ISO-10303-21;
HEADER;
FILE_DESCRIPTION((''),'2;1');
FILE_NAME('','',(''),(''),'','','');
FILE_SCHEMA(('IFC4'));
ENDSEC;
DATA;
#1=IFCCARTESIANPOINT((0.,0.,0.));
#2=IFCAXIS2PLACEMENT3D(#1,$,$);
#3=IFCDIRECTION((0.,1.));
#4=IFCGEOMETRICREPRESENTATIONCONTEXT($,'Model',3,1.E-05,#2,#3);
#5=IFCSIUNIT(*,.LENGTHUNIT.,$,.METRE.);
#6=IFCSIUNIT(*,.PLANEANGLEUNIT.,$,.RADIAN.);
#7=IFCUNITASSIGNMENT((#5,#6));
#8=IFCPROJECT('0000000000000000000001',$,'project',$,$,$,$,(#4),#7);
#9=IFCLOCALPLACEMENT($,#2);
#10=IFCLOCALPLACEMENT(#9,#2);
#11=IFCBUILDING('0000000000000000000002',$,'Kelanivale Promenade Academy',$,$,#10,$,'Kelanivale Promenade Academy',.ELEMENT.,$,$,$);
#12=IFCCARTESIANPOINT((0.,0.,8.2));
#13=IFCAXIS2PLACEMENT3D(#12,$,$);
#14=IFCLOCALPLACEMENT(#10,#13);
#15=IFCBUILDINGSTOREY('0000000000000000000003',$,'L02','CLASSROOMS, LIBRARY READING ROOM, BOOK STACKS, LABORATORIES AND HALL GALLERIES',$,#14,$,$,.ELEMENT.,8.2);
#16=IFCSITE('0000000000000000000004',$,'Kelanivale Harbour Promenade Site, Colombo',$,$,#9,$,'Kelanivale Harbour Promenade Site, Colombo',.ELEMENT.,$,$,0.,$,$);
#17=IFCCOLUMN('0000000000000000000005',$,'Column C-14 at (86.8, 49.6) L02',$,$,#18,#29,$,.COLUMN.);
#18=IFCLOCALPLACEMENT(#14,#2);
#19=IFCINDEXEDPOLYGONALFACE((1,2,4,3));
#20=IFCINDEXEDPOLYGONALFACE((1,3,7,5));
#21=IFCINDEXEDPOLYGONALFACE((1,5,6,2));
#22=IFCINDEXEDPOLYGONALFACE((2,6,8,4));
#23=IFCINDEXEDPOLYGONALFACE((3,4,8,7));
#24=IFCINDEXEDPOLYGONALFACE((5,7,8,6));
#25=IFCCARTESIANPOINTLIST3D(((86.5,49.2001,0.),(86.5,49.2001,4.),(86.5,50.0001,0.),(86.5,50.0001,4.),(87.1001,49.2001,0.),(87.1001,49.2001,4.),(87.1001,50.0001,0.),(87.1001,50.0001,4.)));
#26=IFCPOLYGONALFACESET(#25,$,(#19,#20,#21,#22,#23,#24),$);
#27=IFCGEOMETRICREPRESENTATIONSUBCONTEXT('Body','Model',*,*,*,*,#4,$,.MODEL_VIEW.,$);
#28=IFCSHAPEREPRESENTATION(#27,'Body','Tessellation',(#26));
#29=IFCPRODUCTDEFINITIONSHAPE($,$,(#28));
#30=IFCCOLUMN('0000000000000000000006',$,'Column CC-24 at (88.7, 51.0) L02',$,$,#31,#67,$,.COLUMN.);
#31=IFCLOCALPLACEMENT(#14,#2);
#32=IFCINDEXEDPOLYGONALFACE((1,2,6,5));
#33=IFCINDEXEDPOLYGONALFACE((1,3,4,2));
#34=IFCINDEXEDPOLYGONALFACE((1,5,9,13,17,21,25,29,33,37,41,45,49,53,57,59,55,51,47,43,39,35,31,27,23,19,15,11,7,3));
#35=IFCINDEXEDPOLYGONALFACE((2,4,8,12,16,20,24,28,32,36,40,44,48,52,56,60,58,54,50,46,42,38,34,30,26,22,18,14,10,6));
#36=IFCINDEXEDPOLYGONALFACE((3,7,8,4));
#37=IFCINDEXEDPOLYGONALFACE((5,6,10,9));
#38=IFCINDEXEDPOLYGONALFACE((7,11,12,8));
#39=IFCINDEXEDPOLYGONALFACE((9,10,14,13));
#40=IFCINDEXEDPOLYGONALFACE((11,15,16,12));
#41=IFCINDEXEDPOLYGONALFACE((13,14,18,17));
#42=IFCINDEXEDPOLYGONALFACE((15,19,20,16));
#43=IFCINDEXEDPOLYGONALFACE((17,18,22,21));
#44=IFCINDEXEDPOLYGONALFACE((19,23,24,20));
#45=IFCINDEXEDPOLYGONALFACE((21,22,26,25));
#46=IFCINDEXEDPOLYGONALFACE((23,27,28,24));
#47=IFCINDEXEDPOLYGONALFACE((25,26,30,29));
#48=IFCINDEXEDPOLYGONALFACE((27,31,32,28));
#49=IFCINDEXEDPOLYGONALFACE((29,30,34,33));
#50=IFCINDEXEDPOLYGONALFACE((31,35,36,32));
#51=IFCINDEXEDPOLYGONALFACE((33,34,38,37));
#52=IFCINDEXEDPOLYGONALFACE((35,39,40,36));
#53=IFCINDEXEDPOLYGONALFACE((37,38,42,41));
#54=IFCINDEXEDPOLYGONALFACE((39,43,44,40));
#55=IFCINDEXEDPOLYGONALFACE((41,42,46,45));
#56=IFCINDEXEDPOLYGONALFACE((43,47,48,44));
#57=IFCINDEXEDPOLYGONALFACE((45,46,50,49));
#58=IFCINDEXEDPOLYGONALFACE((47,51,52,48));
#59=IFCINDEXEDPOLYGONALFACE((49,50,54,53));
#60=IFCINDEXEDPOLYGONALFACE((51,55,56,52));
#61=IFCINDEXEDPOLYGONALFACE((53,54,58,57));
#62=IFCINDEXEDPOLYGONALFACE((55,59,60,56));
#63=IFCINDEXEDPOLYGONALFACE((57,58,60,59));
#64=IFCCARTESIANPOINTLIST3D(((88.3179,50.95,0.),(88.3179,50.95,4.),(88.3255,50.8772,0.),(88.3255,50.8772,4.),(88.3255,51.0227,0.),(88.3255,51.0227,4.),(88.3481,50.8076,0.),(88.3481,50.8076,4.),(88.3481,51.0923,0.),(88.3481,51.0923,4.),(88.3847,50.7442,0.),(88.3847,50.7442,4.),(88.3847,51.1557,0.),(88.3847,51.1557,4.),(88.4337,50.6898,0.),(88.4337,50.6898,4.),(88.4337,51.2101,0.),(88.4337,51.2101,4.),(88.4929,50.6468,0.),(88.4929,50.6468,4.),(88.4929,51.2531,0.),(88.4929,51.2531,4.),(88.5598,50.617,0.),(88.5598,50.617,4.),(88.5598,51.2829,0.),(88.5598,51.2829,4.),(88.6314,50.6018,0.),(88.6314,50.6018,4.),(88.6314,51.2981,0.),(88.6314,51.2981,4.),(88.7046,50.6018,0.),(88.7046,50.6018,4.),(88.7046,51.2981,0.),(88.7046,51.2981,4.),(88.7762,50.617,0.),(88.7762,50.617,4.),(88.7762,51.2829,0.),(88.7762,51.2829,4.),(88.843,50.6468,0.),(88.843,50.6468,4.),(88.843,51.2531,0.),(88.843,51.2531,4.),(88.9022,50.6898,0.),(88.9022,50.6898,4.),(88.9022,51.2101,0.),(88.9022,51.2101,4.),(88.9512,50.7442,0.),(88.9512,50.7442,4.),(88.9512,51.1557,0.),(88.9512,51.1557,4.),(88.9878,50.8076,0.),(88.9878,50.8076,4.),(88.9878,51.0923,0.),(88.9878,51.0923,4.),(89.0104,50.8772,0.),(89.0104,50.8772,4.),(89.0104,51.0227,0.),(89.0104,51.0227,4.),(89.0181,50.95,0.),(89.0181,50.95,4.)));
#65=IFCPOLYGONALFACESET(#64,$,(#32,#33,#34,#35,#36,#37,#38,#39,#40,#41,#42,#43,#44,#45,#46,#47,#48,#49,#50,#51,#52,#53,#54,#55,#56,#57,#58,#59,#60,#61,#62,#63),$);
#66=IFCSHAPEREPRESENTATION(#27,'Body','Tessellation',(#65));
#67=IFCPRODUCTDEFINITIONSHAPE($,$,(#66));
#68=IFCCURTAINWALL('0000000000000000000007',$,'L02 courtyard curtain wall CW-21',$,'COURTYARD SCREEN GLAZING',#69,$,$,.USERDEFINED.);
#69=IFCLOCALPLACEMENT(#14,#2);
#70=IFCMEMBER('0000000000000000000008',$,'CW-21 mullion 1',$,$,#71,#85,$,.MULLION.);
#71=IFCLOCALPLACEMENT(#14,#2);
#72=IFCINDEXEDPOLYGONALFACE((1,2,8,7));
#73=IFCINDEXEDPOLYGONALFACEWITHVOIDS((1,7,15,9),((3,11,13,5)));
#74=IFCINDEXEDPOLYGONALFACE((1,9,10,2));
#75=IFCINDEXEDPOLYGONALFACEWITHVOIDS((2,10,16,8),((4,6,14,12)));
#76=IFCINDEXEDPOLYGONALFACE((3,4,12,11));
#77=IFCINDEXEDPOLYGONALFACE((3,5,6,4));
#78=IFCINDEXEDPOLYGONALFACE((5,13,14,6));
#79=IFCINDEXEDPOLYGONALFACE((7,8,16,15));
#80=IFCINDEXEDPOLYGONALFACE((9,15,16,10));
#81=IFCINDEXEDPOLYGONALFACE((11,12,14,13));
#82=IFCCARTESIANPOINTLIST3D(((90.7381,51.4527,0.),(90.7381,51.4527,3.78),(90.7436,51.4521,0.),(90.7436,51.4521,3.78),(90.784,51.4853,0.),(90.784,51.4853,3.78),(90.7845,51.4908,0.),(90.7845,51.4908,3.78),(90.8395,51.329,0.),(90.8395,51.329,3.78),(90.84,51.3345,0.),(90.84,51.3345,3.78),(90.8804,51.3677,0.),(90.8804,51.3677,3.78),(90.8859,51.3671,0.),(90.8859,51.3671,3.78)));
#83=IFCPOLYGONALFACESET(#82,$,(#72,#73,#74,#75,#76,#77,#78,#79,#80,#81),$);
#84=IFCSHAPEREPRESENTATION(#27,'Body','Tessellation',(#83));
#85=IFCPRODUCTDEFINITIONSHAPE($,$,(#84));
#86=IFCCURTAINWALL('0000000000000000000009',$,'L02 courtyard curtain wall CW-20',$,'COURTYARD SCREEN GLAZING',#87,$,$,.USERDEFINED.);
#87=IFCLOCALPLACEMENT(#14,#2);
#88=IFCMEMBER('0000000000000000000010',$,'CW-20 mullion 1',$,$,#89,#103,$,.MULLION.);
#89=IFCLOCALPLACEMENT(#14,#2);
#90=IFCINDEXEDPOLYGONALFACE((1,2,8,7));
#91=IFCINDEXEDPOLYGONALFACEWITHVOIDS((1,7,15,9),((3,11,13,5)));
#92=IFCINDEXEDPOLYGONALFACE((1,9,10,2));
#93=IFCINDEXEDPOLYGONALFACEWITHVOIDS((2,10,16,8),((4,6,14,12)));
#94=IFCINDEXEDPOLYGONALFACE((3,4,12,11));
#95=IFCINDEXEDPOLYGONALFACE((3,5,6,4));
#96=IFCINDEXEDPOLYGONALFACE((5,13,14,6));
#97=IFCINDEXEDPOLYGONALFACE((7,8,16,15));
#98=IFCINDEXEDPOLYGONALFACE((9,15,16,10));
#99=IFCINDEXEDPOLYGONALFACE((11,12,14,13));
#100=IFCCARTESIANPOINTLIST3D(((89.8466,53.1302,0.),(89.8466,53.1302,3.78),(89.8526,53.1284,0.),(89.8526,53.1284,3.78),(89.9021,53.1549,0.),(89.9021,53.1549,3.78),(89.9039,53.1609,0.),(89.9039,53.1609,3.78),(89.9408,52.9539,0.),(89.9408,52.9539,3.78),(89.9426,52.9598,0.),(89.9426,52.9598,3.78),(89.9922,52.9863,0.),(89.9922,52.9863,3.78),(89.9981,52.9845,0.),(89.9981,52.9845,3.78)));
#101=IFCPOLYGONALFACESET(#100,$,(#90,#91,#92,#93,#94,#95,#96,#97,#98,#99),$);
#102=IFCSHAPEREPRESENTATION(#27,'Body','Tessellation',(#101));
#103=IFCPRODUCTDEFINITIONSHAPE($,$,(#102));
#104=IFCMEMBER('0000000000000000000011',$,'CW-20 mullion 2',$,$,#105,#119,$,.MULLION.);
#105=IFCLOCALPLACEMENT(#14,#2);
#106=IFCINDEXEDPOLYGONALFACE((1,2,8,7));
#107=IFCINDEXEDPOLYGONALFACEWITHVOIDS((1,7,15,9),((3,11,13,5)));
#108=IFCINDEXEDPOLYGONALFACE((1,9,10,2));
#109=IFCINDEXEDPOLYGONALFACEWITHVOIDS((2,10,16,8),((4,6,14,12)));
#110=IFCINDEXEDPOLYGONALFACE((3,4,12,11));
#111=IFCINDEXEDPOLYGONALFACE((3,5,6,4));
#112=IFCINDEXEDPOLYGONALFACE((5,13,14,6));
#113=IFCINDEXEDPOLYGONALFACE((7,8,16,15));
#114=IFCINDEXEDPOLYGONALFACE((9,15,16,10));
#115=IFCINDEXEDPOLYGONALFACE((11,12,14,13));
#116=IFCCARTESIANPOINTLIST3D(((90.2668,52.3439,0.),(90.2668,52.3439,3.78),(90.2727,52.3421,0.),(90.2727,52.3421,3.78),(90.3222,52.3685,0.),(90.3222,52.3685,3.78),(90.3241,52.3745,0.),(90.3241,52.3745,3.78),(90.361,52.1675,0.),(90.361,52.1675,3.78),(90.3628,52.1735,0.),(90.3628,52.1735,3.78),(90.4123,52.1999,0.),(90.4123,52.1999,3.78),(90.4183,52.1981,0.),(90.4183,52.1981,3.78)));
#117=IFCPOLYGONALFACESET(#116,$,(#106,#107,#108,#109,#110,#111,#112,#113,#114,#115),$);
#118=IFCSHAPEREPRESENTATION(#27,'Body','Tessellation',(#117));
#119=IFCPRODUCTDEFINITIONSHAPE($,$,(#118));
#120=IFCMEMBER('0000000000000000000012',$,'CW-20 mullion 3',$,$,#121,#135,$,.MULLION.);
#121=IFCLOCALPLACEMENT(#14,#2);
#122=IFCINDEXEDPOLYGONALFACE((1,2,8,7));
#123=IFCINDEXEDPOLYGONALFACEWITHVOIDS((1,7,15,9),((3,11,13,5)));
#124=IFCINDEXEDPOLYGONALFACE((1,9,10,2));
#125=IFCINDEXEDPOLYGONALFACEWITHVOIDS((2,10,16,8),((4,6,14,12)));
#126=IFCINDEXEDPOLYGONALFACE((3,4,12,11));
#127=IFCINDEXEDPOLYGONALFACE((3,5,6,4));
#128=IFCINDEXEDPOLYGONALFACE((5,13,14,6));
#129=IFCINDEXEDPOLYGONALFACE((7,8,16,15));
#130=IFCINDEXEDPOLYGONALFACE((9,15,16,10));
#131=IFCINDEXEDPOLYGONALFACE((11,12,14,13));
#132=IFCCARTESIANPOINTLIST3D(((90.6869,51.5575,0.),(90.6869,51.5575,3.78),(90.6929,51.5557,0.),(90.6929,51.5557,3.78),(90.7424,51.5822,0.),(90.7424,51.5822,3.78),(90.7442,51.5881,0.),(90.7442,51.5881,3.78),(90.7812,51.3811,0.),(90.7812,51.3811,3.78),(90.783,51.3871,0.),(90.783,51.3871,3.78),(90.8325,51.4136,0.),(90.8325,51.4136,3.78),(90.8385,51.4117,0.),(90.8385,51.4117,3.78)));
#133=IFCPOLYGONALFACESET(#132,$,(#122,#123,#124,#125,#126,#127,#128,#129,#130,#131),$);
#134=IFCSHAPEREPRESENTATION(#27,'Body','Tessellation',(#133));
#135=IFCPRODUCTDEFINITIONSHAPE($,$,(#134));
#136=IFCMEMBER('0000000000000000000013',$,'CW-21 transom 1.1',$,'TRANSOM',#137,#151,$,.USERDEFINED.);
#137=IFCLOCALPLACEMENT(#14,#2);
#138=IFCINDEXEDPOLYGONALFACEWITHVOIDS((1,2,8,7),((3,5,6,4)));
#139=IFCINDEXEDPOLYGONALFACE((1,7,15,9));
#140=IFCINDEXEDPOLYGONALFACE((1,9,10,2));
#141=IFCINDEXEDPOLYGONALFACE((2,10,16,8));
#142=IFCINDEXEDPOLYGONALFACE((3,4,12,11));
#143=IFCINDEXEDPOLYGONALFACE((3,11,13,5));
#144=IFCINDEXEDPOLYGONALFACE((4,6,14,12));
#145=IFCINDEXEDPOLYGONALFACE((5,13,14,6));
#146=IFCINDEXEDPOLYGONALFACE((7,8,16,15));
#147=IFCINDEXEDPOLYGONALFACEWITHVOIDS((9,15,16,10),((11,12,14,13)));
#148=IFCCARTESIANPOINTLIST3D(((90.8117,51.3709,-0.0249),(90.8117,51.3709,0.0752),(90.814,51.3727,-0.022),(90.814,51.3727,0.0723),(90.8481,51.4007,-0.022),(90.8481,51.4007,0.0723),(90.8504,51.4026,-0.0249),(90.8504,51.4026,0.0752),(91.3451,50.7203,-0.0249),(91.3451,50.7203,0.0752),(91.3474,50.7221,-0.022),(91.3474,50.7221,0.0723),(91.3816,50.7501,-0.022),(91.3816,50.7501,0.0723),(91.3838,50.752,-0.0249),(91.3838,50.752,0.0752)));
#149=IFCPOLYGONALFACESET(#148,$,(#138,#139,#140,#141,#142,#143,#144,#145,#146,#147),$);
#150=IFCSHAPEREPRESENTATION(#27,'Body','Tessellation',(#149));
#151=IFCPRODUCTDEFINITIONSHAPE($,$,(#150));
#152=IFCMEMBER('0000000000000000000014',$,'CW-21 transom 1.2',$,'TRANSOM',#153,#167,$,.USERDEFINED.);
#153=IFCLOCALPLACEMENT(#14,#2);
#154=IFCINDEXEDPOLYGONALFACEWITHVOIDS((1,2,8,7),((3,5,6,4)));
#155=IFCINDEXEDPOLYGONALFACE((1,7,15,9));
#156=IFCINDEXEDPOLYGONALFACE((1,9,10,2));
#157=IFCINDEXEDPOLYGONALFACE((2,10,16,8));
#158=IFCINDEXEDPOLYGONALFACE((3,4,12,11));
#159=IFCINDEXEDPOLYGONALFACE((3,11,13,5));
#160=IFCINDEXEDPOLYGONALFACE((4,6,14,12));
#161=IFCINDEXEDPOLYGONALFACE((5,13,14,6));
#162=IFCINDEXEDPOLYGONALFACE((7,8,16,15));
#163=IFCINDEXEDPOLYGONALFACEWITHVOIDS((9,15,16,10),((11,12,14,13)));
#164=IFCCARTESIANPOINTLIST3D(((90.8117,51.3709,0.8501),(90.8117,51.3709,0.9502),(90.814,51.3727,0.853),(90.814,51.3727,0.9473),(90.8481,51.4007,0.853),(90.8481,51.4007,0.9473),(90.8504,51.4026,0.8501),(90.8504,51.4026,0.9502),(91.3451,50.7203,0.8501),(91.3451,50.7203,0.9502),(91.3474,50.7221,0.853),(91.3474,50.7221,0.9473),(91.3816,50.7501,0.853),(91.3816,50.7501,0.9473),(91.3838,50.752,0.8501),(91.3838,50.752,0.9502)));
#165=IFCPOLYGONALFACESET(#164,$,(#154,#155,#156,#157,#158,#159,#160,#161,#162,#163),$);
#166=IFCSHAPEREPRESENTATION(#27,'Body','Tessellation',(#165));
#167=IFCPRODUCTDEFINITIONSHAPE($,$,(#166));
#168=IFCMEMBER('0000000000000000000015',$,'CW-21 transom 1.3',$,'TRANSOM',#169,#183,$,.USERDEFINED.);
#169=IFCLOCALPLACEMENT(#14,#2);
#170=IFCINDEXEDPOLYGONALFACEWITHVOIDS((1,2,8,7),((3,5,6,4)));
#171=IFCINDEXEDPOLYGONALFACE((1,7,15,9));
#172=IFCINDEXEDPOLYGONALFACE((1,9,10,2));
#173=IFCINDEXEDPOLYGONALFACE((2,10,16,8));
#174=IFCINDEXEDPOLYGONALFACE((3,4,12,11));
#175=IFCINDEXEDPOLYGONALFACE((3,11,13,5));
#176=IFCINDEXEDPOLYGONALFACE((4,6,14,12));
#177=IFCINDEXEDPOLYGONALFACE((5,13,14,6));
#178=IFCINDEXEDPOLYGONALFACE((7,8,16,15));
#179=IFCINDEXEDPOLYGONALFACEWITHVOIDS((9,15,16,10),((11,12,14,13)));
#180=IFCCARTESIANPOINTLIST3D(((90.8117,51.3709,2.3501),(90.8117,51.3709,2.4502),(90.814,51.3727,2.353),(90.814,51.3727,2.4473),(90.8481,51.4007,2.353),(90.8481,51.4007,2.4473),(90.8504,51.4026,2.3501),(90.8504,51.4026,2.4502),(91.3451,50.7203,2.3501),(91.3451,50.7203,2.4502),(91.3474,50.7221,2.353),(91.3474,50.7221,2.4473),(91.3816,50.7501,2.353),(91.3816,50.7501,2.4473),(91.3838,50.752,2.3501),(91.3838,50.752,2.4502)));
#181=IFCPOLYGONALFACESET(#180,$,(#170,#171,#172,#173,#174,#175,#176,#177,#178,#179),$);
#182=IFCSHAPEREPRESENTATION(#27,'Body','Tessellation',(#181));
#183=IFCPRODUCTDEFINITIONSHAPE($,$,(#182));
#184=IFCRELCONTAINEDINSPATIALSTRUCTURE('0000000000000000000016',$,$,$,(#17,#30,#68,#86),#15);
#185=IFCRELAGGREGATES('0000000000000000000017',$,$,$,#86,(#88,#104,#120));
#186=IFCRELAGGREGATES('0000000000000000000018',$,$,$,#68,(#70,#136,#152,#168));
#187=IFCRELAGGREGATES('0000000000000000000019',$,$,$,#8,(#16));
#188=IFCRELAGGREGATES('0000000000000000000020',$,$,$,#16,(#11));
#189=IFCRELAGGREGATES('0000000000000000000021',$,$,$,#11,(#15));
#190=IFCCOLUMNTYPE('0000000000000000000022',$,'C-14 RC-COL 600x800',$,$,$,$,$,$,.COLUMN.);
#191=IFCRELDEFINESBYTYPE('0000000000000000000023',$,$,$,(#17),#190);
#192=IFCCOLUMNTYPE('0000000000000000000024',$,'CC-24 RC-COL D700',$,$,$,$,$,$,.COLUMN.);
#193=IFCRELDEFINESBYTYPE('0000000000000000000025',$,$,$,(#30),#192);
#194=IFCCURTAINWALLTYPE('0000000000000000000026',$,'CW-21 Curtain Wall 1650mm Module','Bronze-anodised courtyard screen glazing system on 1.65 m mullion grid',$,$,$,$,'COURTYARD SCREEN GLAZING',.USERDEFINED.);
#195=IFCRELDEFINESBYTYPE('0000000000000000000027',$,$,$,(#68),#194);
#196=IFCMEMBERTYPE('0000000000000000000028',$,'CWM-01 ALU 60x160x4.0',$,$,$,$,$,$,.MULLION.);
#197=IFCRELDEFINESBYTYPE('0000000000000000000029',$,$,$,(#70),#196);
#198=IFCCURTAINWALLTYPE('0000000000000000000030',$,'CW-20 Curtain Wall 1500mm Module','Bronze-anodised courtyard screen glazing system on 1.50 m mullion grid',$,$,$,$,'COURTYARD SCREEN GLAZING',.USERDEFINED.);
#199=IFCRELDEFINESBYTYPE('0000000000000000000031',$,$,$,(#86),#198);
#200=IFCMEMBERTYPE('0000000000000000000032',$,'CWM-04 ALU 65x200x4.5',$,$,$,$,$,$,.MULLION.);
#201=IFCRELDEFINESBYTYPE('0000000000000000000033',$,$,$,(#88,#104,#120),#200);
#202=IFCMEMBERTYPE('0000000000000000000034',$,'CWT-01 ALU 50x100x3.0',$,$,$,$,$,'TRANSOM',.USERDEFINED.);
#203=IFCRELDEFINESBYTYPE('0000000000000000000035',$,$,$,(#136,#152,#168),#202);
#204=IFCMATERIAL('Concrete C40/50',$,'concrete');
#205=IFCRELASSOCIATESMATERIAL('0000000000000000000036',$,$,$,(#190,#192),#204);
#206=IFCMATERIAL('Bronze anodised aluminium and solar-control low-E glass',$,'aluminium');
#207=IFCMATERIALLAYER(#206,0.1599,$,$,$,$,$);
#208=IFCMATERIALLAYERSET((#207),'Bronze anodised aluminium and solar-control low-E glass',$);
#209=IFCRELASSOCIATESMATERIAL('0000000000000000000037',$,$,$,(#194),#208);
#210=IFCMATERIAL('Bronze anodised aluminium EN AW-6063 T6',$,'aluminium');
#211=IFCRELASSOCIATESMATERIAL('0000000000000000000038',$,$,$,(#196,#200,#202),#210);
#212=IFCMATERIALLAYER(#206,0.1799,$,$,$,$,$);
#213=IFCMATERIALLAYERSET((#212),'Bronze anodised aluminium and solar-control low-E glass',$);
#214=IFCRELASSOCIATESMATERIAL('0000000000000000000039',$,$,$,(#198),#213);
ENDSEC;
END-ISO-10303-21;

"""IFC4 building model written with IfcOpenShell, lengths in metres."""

from ifc_helpers import new_model, si_unit, direction, frame, origin, origin_2d, place, context, subcontext, project, spatial, rectangle, hollow_rectangle, circle, extrude, material, layer, layer_set, material_profile, profile_set, type_object, element, aggregate, save


model = new_model("IFC4")

# Units and contexts
model_context = context("Model", 3, precision=1e-05, world=origin(), true_north=direction((0.0, 1.0)))
body_context = subcontext(model_context, "Body", "Model", "MODEL_VIEW")
ifc_project = project(units=[si_unit("LENGTHUNIT", "METRE"), si_unit("PLANEANGLEUNIT", "RADIAN")], contexts=[model_context])

# Site, building, storey
site_placement = place(None, origin())
site = spatial("IfcSite", under=ifc_project, at=site_placement, Name="Kelanivale Harbour Promenade Site, Colombo", LongName="Kelanivale Harbour Promenade Site, Colombo", CompositionType="ELEMENT", RefElevation=0.0)
building_placement = place(site_placement, origin())
building = spatial("IfcBuilding", under=site, at=building_placement, Name="Kelanivale Promenade Academy", LongName="Kelanivale Promenade Academy", CompositionType="ELEMENT")
storey_placement = place(building_placement, frame((0.0, 0.0, 8.2)))
storey = spatial("IfcBuildingStorey", under=building, at=storey_placement, Name="L02", Description="CLASSROOMS, LIBRARY READING ROOM, BOOK STACKS, LABORATORIES AND HALL GALLERIES", CompositionType="ELEMENT", Elevation=8.2)

# Columns
ifc_material_1 = material(Name="Concrete C40/50", Category="concrete")
ifc_material_profile_1 = material_profile(ifc_material_1, rectangle(XDim=0.6001, YDim=0.8, at=origin_2d()), Name="RC-COL 600x800")
ifc_profile_set_1 = profile_set([ifc_material_profile_1], Name="Concrete C40/50")
column_type_1 = type_object("IfcColumnType", Name="C-14 RC-COL 600x800", PredefinedType="COLUMN", material=ifc_profile_set_1)
column_1_placement = place(storey_placement, frame((86.8, 49.6001, 0.0), z_axis=(0.0, 0.0, 1.0), x_axis=(1.0, 0.0, 0.0)))
element("IfcColumn", 1, at=column_1_placement, inside=storey, type_object=column_type_1, Name="Column C-14 at (86.8, 49.6) L02", PredefinedType="COLUMN", context=body_context, shape_type="SweptSolid", body=[
    extrude(rectangle(XDim=0.6001, YDim=0.8, at=origin_2d()), origin(), (0.0, 0.0, 1.0), 4.0),
])
ifc_material_profile_2 = material_profile(ifc_material_1, circle(Radius=0.3501, at=origin_2d()), Name="RC-COL D700")
ifc_profile_set_2 = profile_set([ifc_material_profile_2], Name="Concrete C40/50")
column_type_2 = type_object("IfcColumnType", Name="CC-24 RC-COL D700", PredefinedType="COLUMN", material=ifc_profile_set_2)
column_2_placement = place(storey_placement, frame((88.668, 50.95, 0.0), z_axis=(0.0, 0.0, 1.0), x_axis=(1.0, 0.0, 0.0)))
element("IfcColumn", 2, at=column_2_placement, inside=storey, type_object=column_type_2, Name="Column CC-24 at (88.7, 51.0) L02", PredefinedType="COLUMN", context=body_context, shape_type="SweptSolid", body=[
    extrude(circle(Radius=0.3501, at=origin_2d()), origin(), (0.0, 0.0, 1.0), 4.0),
])

# Curtain wall, member
ifc_material_2 = material(Name="Bronze anodised aluminium and solar-control low-E glass", Category="aluminium")
ifc_layer_1 = layer(ifc_material_2, 0.1599)
ifc_layer_set_1 = layer_set([ifc_layer_1], Name="Bronze anodised aluminium and solar-control low-E glass")
curtain_wall_type_1 = type_object("IfcCurtainWallType", Name="CW-21 Curtain Wall 1650mm Module", Description="Bronze-anodised courtyard screen glazing system on 1.65 m mullion grid", ElementType="COURTYARD SCREEN GLAZING", PredefinedType="USERDEFINED", material=ifc_layer_set_1)
curtain_wall_1_placement = place(storey_placement, origin())
curtain_wall_1 = element("IfcCurtainWall", 3, at=curtain_wall_1_placement, inside=storey, type_object=curtain_wall_type_1, Name="L02 courtyard curtain wall CW-21", ObjectType="COURTYARD SCREEN GLAZING", PredefinedType="USERDEFINED")
ifc_material_3 = material(Name="Bronze anodised aluminium EN AW-6063 T6", Category="aluminium")
ifc_material_profile_3 = material_profile(ifc_material_3, hollow_rectangle(XDim=0.0601, YDim=0.1599, WallThickness=0.0039, at=origin_2d()), Name="ALU 60x160x4.0")
ifc_profile_set_3 = profile_set([ifc_material_profile_3], Name="Bronze anodised aluminium EN AW-6063 T6")
member_type_1 = type_object("IfcMemberType", Name="CWM-01 ALU 60x160x4.0", PredefinedType="MULLION", material=ifc_profile_set_3)
member_1_placement = place(storey_placement, frame((90.812, 51.4099, 0.0), z_axis=(0.0, 0.0, 1.0), x_axis=(0.773215, 0.634144, 0.0)))
member_1 = element("IfcMember", 4, at=member_1_placement, type_object=member_type_1, Name="CW-21 mullion 1", PredefinedType="MULLION", context=body_context, shape_type="SweptSolid", body=[
    extrude(hollow_rectangle(XDim=0.0601, YDim=0.1599, WallThickness=0.0039, at=origin_2d()), origin(), (0.0, 0.0, 1.0), 3.78),
])

# Curtain wall, members
ifc_layer_2 = layer(ifc_material_2, 0.1799)
ifc_layer_set_2 = layer_set([ifc_layer_2], Name="Bronze anodised aluminium and solar-control low-E glass")
curtain_wall_type_2 = type_object("IfcCurtainWallType", Name="CW-20 Curtain Wall 1500mm Module", Description="Bronze-anodised courtyard screen glazing system on 1.50 m mullion grid", ElementType="COURTYARD SCREEN GLAZING", PredefinedType="USERDEFINED", material=ifc_layer_set_2)
curtain_wall_2_placement = place(storey_placement, origin())
curtain_wall_2 = element("IfcCurtainWall", 5, at=curtain_wall_2_placement, inside=storey, type_object=curtain_wall_type_2, Name="L02 courtyard curtain wall CW-20", ObjectType="COURTYARD SCREEN GLAZING", PredefinedType="USERDEFINED")
ifc_material_profile_4 = material_profile(ifc_material_3, hollow_rectangle(XDim=0.0649, YDim=0.2, WallThickness=0.0044, at=origin_2d()), Name="ALU 65x200x4.5")
ifc_profile_set_4 = profile_set([ifc_material_profile_4], Name="Bronze anodised aluminium EN AW-6063 T6")
member_type_2 = type_object("IfcMemberType", Name="CWM-04 ALU 65x200x4.5", PredefinedType="MULLION", material=ifc_profile_set_4)
member_2_placement = place(storey_placement, frame((89.9224, 53.0574, 0.0), z_axis=(0.0, 0.0, 1.0), x_axis=(0.881978, 0.47129, 0.0)))
member_2 = element("IfcMember", 6, at=member_2_placement, type_object=member_type_2, Name="CW-20 mullion 1", PredefinedType="MULLION", context=body_context, shape_type="SweptSolid", body=[
    extrude(hollow_rectangle(XDim=0.0649, YDim=0.2, WallThickness=0.0044, at=origin_2d()), origin(), (0.0, 0.0, 1.0), 3.78),
])
member_3_placement = place(storey_placement, frame((90.3425, 52.271, 0.0), z_axis=(0.0, 0.0, 1.0), x_axis=(0.881978, 0.47129, 0.0)))
member_3 = element("IfcMember", 7, at=member_3_placement, type_object=member_type_2, Name="CW-20 mullion 2", PredefinedType="MULLION", context=body_context, shape_type="SweptSolid", body=[
    extrude(hollow_rectangle(XDim=0.0649, YDim=0.2, WallThickness=0.0044, at=origin_2d()), origin(), (0.0, 0.0, 1.0), 3.78),
])
member_4_placement = place(storey_placement, frame((90.7627, 51.4846, 0.0), z_axis=(0.0, 0.0, 1.0), x_axis=(0.881978, 0.47129, 0.0)))
member_4 = element("IfcMember", 8, at=member_4_placement, type_object=member_type_2, Name="CW-20 mullion 3", PredefinedType="MULLION", context=body_context, shape_type="SweptSolid", body=[
    extrude(hollow_rectangle(XDim=0.0649, YDim=0.2, WallThickness=0.0044, at=origin_2d()), origin(), (0.0, 0.0, 1.0), 3.78),
])

# Members
ifc_material_profile_5 = material_profile(ifc_material_3, hollow_rectangle(XDim=0.05, YDim=0.1001, WallThickness=0.0029, at=origin_2d()), Name="ALU 50x100x3.0")
ifc_profile_set_5 = profile_set([ifc_material_profile_5], Name="Bronze anodised aluminium EN AW-6063 T6")
member_type_3 = type_object("IfcMemberType", Name="CWT-01 ALU 50x100x3.0", ElementType="TRANSOM", PredefinedType="USERDEFINED", material=ifc_profile_set_5)
member_5_placement = place(storey_placement, frame((90.8311, 51.3867, 0.0251), z_axis=(0.634028, -0.77331, 0.0), x_axis=(0.77331, 0.634028, 0.0)))
member_5 = element("IfcMember", 9, at=member_5_placement, type_object=member_type_3, Name="CW-21 transom 1.1", ObjectType="TRANSOM", PredefinedType="USERDEFINED", context=body_context, shape_type="SweptSolid", body=[
    extrude(hollow_rectangle(XDim=0.05, YDim=0.1001, WallThickness=0.0029, at=origin_2d()), origin(), (0.0, 0.0, 1.0), 0.8413),
])
member_6_placement = place(storey_placement, frame((90.8311, 51.3867, 0.9001), z_axis=(0.634028, -0.77331, 0.0), x_axis=(0.77331, 0.634028, 0.0)))
member_6 = element("IfcMember", 10, at=member_6_placement, type_object=member_type_3, Name="CW-21 transom 1.2", ObjectType="TRANSOM", PredefinedType="USERDEFINED", context=body_context, shape_type="SweptSolid", body=[
    extrude(hollow_rectangle(XDim=0.05, YDim=0.1001, WallThickness=0.0029, at=origin_2d()), origin(), (0.0, 0.0, 1.0), 0.8413),
])
member_7_placement = place(storey_placement, frame((90.8311, 51.3867, 2.4001), z_axis=(0.634028, -0.77331, 0.0), x_axis=(0.77331, 0.634028, 0.0)))
member_7 = element("IfcMember", 11, at=member_7_placement, type_object=member_type_3, Name="CW-21 transom 1.3", ObjectType="TRANSOM", PredefinedType="USERDEFINED", context=body_context, shape_type="SweptSolid", body=[
    extrude(hollow_rectangle(XDim=0.05, YDim=0.1001, WallThickness=0.0029, at=origin_2d()), origin(), (0.0, 0.0, 1.0), 0.8413),
])

aggregate(curtain_wall_2, [member_2, member_3, member_4])
aggregate(curtain_wall_1, [member_1, member_5, member_6, member_7])

save(model, "model.ifc")
